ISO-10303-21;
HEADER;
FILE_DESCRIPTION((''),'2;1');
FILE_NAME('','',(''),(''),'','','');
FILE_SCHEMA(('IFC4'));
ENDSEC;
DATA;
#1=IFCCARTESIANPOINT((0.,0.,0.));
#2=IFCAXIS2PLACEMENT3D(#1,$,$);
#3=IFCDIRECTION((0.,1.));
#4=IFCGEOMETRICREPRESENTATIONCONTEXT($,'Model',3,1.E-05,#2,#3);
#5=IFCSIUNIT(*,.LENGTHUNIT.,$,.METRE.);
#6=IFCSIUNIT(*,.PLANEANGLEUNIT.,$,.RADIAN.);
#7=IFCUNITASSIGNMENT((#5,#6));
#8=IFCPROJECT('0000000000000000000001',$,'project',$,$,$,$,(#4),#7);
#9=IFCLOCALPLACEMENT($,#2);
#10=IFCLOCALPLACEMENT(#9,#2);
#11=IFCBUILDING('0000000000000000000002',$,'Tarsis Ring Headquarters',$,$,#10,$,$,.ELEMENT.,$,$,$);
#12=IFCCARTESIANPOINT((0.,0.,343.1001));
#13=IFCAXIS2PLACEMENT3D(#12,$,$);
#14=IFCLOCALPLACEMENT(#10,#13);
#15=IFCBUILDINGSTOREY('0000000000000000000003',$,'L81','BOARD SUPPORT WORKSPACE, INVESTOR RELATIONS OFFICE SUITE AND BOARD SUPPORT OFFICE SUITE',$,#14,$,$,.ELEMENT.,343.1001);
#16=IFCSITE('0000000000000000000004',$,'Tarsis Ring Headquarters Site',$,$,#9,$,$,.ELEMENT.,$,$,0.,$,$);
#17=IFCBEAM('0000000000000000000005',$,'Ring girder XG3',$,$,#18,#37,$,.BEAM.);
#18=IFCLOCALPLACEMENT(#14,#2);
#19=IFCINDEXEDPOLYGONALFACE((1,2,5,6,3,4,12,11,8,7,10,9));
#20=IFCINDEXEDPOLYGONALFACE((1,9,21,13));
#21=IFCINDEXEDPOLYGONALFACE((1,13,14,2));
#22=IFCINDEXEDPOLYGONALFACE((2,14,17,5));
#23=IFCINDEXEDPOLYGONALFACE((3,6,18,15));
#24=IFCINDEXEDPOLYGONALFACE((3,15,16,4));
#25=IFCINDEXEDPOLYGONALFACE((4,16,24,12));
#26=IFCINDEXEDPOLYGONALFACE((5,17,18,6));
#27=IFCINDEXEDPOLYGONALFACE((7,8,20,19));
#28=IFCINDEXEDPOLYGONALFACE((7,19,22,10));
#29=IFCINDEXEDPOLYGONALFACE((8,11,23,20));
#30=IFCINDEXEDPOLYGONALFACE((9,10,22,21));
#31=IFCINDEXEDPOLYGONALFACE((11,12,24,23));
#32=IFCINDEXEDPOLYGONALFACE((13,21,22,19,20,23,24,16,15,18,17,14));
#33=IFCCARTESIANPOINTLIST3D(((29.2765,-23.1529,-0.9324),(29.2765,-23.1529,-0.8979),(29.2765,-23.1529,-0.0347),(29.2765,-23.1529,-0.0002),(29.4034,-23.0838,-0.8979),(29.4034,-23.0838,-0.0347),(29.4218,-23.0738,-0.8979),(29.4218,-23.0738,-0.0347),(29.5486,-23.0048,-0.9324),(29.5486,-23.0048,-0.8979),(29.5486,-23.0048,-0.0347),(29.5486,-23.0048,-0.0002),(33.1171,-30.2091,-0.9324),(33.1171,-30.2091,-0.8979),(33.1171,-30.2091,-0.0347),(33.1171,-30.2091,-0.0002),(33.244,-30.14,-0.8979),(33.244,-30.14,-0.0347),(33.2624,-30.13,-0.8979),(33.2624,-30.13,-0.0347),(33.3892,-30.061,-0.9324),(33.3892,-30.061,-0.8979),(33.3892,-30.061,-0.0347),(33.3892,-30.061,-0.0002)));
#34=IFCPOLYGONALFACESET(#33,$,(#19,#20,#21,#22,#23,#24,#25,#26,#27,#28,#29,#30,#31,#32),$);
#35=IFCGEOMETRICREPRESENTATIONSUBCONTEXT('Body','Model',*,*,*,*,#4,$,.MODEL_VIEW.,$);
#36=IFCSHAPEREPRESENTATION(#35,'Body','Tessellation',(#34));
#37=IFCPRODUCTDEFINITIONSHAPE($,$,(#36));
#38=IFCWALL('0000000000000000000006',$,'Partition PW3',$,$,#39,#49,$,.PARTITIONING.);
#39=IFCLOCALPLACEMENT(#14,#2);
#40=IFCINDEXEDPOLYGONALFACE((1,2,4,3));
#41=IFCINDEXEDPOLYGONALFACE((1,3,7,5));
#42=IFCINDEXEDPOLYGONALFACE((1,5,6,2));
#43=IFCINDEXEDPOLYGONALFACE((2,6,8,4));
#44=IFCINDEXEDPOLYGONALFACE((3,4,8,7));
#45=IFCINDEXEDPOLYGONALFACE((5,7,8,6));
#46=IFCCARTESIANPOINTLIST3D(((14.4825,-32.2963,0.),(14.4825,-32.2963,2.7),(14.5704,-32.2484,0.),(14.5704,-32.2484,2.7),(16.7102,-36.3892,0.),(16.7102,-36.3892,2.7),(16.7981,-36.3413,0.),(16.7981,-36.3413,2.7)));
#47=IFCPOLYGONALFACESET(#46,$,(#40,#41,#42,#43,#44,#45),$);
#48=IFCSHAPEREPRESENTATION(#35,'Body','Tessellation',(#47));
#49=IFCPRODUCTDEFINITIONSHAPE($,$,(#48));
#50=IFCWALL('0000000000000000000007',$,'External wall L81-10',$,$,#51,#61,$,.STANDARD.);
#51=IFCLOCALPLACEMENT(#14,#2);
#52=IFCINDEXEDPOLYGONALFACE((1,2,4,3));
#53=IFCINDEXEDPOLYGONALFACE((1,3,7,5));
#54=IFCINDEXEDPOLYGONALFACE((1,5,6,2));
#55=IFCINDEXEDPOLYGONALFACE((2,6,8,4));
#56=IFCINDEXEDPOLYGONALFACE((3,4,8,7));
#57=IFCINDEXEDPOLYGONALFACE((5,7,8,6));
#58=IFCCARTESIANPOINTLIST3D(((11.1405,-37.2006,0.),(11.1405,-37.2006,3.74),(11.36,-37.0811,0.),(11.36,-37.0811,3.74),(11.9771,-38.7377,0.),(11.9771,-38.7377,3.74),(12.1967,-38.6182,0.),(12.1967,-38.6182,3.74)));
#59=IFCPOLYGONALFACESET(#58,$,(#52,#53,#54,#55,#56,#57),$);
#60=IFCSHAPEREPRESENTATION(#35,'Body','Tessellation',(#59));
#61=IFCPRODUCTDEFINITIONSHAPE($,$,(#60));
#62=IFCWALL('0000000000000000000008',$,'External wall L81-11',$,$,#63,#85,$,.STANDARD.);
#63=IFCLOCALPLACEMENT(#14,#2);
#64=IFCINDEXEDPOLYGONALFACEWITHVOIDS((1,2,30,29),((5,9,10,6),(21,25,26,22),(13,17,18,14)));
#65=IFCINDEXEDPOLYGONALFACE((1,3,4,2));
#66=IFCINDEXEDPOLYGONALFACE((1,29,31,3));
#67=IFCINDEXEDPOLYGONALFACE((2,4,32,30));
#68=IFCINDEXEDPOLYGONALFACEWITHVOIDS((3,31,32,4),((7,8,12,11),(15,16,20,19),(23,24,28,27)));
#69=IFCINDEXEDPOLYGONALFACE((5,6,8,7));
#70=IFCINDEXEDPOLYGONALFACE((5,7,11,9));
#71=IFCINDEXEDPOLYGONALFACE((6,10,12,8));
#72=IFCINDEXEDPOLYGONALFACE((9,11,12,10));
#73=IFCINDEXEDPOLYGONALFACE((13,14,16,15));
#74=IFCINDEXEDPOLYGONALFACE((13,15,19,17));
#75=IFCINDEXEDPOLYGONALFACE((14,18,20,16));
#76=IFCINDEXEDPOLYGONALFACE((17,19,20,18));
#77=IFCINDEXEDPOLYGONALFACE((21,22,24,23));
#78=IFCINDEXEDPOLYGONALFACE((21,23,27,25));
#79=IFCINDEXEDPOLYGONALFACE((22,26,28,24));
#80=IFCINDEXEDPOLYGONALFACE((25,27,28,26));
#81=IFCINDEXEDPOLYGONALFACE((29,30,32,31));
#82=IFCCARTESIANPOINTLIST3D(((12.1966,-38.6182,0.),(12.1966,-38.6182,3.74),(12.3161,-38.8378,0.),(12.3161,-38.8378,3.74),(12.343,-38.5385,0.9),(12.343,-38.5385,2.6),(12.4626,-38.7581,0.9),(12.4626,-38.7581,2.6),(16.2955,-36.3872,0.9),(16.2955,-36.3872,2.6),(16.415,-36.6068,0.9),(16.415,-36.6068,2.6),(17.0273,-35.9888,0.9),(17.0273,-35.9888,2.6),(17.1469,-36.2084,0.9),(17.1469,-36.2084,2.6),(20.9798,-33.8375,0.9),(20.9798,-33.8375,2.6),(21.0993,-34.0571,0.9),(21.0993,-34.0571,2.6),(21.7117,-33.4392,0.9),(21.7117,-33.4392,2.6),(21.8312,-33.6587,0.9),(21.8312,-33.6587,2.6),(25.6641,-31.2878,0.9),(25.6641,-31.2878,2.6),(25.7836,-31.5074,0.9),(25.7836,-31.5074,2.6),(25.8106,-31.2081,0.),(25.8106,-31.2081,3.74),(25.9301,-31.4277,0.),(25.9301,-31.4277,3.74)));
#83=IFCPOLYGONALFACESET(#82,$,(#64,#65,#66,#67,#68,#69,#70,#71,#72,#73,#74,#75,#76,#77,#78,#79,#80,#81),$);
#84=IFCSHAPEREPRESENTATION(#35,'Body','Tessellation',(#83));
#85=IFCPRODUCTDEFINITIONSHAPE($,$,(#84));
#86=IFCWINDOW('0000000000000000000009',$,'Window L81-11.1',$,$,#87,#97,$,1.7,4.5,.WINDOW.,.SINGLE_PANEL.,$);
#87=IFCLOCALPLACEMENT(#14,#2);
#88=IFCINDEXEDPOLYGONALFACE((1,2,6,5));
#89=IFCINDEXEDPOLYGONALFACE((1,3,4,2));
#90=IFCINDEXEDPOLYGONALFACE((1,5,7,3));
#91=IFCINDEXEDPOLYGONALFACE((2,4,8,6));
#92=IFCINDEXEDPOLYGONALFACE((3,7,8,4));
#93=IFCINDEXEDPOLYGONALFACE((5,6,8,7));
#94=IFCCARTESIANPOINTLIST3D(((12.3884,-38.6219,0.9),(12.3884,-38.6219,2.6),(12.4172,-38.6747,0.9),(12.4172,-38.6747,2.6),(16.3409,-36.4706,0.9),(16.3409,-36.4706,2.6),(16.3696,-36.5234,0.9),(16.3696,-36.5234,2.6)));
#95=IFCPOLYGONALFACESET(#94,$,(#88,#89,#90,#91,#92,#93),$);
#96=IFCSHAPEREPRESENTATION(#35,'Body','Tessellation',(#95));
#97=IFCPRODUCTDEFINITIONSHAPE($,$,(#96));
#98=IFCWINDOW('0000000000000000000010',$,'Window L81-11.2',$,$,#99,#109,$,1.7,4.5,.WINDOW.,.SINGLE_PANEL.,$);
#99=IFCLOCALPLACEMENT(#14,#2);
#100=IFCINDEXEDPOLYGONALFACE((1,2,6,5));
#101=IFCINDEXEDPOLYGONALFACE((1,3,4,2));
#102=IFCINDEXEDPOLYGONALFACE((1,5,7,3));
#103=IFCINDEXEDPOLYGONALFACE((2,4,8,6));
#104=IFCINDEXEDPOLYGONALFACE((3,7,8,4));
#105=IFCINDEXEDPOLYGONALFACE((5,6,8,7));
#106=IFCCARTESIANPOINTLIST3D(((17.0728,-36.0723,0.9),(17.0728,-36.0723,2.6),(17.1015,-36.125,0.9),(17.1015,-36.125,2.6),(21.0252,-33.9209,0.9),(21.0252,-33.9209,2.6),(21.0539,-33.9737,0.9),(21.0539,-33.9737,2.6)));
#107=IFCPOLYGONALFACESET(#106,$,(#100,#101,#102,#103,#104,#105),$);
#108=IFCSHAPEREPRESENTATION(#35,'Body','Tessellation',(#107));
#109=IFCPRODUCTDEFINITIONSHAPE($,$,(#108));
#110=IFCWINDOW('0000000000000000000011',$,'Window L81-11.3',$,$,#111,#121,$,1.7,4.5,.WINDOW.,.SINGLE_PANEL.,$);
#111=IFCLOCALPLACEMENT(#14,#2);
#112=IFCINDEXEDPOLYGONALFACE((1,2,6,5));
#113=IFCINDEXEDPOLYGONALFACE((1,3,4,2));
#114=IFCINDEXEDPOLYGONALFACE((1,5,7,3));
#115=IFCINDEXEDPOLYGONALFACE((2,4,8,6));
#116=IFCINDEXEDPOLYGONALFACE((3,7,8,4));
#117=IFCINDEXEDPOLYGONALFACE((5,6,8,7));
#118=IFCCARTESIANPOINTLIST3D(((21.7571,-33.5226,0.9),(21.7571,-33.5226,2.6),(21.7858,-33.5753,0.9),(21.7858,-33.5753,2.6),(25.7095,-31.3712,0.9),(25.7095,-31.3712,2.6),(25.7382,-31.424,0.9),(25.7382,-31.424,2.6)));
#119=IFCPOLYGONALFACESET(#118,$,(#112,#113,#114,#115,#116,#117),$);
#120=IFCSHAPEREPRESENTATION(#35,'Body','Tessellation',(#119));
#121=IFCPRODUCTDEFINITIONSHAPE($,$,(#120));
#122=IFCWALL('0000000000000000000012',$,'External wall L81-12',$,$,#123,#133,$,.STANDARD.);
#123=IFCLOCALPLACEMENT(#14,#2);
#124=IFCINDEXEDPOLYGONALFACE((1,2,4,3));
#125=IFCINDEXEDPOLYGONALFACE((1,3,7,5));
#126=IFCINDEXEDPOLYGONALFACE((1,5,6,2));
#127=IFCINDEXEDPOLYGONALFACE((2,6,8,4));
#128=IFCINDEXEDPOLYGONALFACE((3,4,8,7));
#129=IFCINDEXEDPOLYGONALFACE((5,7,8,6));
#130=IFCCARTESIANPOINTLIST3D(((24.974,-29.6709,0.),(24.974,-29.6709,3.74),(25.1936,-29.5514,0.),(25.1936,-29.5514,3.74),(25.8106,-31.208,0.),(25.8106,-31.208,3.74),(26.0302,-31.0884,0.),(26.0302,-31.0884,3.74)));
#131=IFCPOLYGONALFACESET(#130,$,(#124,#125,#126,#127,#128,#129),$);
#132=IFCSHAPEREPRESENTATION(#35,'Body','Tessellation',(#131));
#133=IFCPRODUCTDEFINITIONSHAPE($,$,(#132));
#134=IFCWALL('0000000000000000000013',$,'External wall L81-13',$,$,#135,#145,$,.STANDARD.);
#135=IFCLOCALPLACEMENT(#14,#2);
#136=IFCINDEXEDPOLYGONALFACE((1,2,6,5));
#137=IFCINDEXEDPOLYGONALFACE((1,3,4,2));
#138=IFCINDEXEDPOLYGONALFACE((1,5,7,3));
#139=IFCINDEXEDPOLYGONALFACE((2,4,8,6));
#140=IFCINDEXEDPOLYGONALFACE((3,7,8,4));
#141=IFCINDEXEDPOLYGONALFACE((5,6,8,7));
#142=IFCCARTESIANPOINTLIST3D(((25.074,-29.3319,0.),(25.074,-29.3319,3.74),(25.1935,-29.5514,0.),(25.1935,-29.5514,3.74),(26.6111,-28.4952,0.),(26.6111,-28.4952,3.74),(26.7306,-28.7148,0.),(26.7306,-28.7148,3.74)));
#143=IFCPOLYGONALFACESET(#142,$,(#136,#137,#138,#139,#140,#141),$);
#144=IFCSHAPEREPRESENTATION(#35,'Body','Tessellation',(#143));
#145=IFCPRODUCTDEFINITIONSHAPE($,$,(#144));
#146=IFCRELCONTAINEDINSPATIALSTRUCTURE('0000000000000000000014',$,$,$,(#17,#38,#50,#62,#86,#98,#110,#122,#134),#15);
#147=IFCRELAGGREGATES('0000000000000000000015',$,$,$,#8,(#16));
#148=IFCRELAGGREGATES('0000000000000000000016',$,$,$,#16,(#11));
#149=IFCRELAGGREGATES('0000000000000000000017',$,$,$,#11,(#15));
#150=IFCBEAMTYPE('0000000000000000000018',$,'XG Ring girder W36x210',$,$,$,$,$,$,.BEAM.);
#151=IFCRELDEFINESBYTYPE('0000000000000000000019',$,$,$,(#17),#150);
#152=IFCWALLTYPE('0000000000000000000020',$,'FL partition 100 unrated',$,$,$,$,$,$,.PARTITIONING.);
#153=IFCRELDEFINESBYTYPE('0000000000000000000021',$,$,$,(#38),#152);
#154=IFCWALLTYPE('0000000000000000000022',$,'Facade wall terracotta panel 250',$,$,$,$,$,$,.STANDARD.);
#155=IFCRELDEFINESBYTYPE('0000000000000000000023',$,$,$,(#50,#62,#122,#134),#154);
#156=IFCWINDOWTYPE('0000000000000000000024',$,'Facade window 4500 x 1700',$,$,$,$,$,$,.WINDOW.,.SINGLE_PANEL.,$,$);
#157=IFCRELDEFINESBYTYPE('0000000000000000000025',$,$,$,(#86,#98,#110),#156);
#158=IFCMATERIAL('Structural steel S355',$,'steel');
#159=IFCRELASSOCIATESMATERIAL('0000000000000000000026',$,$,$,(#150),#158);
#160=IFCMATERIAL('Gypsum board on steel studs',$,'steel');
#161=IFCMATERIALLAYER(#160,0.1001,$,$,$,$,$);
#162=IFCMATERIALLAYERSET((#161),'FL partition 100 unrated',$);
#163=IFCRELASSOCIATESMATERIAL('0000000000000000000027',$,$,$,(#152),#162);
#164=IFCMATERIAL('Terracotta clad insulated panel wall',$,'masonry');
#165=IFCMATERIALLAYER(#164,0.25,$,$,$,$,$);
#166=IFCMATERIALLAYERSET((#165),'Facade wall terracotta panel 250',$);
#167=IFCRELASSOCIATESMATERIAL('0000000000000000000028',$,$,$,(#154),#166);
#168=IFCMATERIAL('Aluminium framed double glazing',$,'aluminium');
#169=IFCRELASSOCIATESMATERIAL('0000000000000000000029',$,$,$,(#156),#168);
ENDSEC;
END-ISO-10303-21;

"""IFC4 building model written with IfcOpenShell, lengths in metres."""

from ifc_helpers import new_model, si_unit, direction, frame, frame_2d, origin, origin_2d, place, context, subcontext, project, spatial, rectangle, i_section, extrude, material, layer, layer_set, material_profile, profile_set, type_object, element, fill, save


model = new_model("IFC4")

# Units and contexts
model_context = context("Model", 3, precision=1e-05, world=origin(), true_north=direction((0.0, 1.0)))
body_context = subcontext(model_context, "Body", "Model", "MODEL_VIEW")
ifc_project = project(units=[si_unit("LENGTHUNIT", "METRE"), si_unit("PLANEANGLEUNIT", "RADIAN")], contexts=[model_context])

# Site, building, storey
site_placement = place(None, origin())
site = spatial("IfcSite", under=ifc_project, at=site_placement, Name="Tarsis Ring Headquarters Site", CompositionType="ELEMENT", RefElevation=0.0)
building_placement = place(site_placement, origin())
building = spatial("IfcBuilding", under=site, at=building_placement, Name="Tarsis Ring Headquarters", CompositionType="ELEMENT")
storey_placement = place(building_placement, frame((0.0, 0.0, 343.1001)))
storey = spatial("IfcBuildingStorey", under=building, at=storey_placement, Name="L81", Description="BOARD SUPPORT WORKSPACE, INVESTOR RELATIONS OFFICE SUITE AND BOARD SUPPORT OFFICE SUITE", CompositionType="ELEMENT", Elevation=343.1001)

# Shared definitions
ifc_material_1 = material(Name="Structural steel S355", Category="steel")

# Beam
ifc_material_profile_1 = material_profile(ifc_material_1, i_section(OverallWidth=0.3098, OverallDepth=0.9321, WebThickness=0.021, FlangeThickness=0.0344, at=origin_2d()), Name="W36x210")
ifc_profile_set_1 = profile_set([ifc_material_profile_1], Name="Structural steel S355")
beam_type = type_object("IfcBeamType", Name="XG Ring girder W36x210", PredefinedType="BEAM", material=ifc_profile_set_1)
beam_1_placement = place(storey_placement, frame((33.2532, -30.135, -0.4663), z_axis=(-0.478062, 0.878326, 0.0), x_axis=(-0.878326, -0.478062, 0.0)))
element("IfcBeam", 1, at=beam_1_placement, inside=storey, type_object=beam_type, Name="Ring girder XG3", PredefinedType="BEAM", context=body_context, shape_type="SweptSolid", body=[
    extrude(i_section(OverallWidth=0.3098, OverallDepth=0.9321, WebThickness=0.021, FlangeThickness=0.0344, at=origin_2d()), origin(), (0.0, 0.0, 1.0), 8.0337),
])

# Walls
ifc_material_2 = material(Name="Gypsum board on steel studs", Category="steel")
ifc_layer_1 = layer(ifc_material_2, 0.1001)
ifc_layer_set_1 = layer_set([ifc_layer_1], Name="FL partition 100 unrated")
wall_type_1 = type_object("IfcWallType", Name="FL partition 100 unrated", PredefinedType="PARTITIONING", material=ifc_layer_set_1)
wall_1_placement = place(storey_placement, frame((14.5264, -32.2722, 0.0), z_axis=(0.0, 0.0, 1.0), x_axis=(0.478063, -0.878326, 0.0)))
element("IfcWall", 2, at=wall_1_placement, inside=storey, type_object=wall_type_1, Name="Partition PW3", PredefinedType="PARTITIONING", context=body_context, shape_type="SweptSolid", body=[
    extrude(rectangle(XDim=4.6599, YDim=0.1001, at=frame_2d((2.3301, 0.0))), origin(), (0.0, 0.0, 1.0), 2.7),
])
ifc_material_3 = material(Name="Terracotta clad insulated panel wall", Category="masonry")
ifc_layer_2 = layer(ifc_material_3, 0.25)
ifc_layer_set_2 = layer_set([ifc_layer_2], Name="Facade wall terracotta panel 250")
wall_type_2 = type_object("IfcWallType", Name="Facade wall terracotta panel 250", PredefinedType="STANDARD", material=ifc_layer_set_2)
wall_2_placement = place(storey_placement, frame((11.2502, -37.1409, 0.0), z_axis=(0.0, 0.0, 1.0), x_axis=(0.47808, -0.878316, 0.0)))
element("IfcWall", 3, at=wall_2_placement, inside=storey, type_object=wall_type_2, Name="External wall L81-10", PredefinedType="STANDARD", context=body_context, shape_type="SweptSolid", body=[
    extrude(rectangle(XDim=1.75, YDim=0.25, at=frame_2d((0.875, 0.0))), origin(), (0.0, 0.0, 1.0), 3.74),
])

# Wall, openings, windows
wall_3_placement = place(storey_placement, frame((12.2563, -38.728, 0.0), z_axis=(0.0, 0.0, 1.0), x_axis=(0.87832, 0.478073, 0.0)))
wall_3 = element("IfcWall", 4, at=wall_3_placement, inside=storey, type_object=wall_type_2, Name="External wall L81-11", PredefinedType="STANDARD", context=body_context, shape_type="SweptSolid", body=[
    extrude(rectangle(XDim=15.5, YDim=0.25, at=frame_2d((7.75, 0.0))), origin(), (0.0, 0.0, 1.0), 3.74),
])
opening_1_placement = place(wall_3_placement, frame((0.1667, 0.0, 0.8999)))
opening_1 = element("IfcOpeningElement", 5, at=opening_1_placement, cuts=wall_3, PredefinedType="OPENING", context=body_context, shape_type="SweptSolid", body=[
    extrude(rectangle(XDim=4.5, YDim=1.7, at=frame_2d((2.25, 0.8501))), frame((0.0, 0.135, 0.0), z_axis=(0.0, -1.0, 0.0), x_axis=(1.0, 0.0, 0.0)), (0.0, 0.0, 1.0), 0.27),
])
opening_2_placement = place(wall_3_placement, frame((5.5, 0.0, 0.8999)))
opening_2 = element("IfcOpeningElement", 6, at=opening_2_placement, cuts=wall_3, PredefinedType="OPENING", context=body_context, shape_type="SweptSolid", body=[
    extrude(rectangle(XDim=4.5, YDim=1.7, at=frame_2d((2.25, 0.8501))), frame((0.0, 0.135, 0.0), z_axis=(0.0, -1.0, 0.0), x_axis=(1.0, 0.0, 0.0)), (0.0, 0.0, 1.0), 0.27),
])
opening_3_placement = place(wall_3_placement, frame((10.8333, 0.0, 0.8999)))
opening_3 = element("IfcOpeningElement", 7, at=opening_3_placement, cuts=wall_3, PredefinedType="OPENING", context=body_context, shape_type="SweptSolid", body=[
    extrude(rectangle(XDim=4.5, YDim=1.7, at=frame_2d((2.25, 0.8501))), frame((0.0, 0.135, 0.0), z_axis=(0.0, -1.0, 0.0), x_axis=(1.0, 0.0, 0.0)), (0.0, 0.0, 1.0), 0.27),
])
ifc_material_4 = material(Name="Aluminium framed double glazing", Category="aluminium")
window_type = type_object("IfcWindowType", Name="Facade window 4500 x 1700", PartitioningType="SINGLE_PANEL", PredefinedType="WINDOW", material=ifc_material_4)
window_1_placement = place(opening_1_placement, origin())
window_1 = element("IfcWindow", 8, at=window_1_placement, inside=storey, type_object=window_type, Name="Window L81-11.1", OverallHeight=1.7, OverallWidth=4.5, PartitioningType="SINGLE_PANEL", PredefinedType="WINDOW", context=body_context, shape_type="SweptSolid", body=[
    extrude(rectangle(XDim=4.5, YDim=1.7, at=frame_2d((2.25, 0.8501))), frame((0.0, 0.03, 0.0), z_axis=(0.0, -1.0, 0.0), x_axis=(1.0, 0.0, 0.0)), (0.0, 0.0, 1.0), 0.0601),
])
fill(opening_1, window_1)
window_2_placement = place(opening_2_placement, origin())
window_2 = element("IfcWindow", 9, at=window_2_placement, inside=storey, type_object=window_type, Name="Window L81-11.2", OverallHeight=1.7, OverallWidth=4.5, PartitioningType="SINGLE_PANEL", PredefinedType="WINDOW", context=body_context, shape_type="SweptSolid", body=[
    extrude(rectangle(XDim=4.5, YDim=1.7, at=frame_2d((2.25, 0.8501))), frame((0.0, 0.03, 0.0), z_axis=(0.0, -1.0, 0.0), x_axis=(1.0, 0.0, 0.0)), (0.0, 0.0, 1.0), 0.0601),
])
fill(opening_2, window_2)
window_3_placement = place(opening_3_placement, origin())
window_3 = element("IfcWindow", 10, at=window_3_placement, inside=storey, type_object=window_type, Name="Window L81-11.3", OverallHeight=1.7, OverallWidth=4.5, PartitioningType="SINGLE_PANEL", PredefinedType="WINDOW", context=body_context, shape_type="SweptSolid", body=[
    extrude(rectangle(XDim=4.5, YDim=1.7, at=frame_2d((2.25, 0.8501))), frame((0.0, 0.03, 0.0), z_axis=(0.0, -1.0, 0.0), x_axis=(1.0, 0.0, 0.0)), (0.0, 0.0, 1.0), 0.0601),
])
fill(opening_3, window_3)

# Walls
for number, where, z_axis, x_axis, name in (
    (11, (25.9204, -31.1482, 0.0), (0.0, 0.0, 1.0), (-0.47808, 0.878316, 0.0), "External wall L81-12"),
    (12, (25.1338, -29.4417, 0.0), (0.0, 0.0, 1.0), (0.878316, 0.47808, 0.0), "External wall L81-13"),
):
    element("IfcWall", number, at=place(storey_placement, frame(where, z_axis=z_axis, x_axis=x_axis)), inside=storey, type_object=wall_type_2, Name=name, PredefinedType="STANDARD", context=body_context, shape_type="SweptSolid", body=[
        extrude(rectangle(XDim=1.75, YDim=0.25, at=frame_2d((0.875, 0.0))), origin(), (0.0, 0.0, 1.0), 3.74),
    ])

save(model, "model.ifc")
